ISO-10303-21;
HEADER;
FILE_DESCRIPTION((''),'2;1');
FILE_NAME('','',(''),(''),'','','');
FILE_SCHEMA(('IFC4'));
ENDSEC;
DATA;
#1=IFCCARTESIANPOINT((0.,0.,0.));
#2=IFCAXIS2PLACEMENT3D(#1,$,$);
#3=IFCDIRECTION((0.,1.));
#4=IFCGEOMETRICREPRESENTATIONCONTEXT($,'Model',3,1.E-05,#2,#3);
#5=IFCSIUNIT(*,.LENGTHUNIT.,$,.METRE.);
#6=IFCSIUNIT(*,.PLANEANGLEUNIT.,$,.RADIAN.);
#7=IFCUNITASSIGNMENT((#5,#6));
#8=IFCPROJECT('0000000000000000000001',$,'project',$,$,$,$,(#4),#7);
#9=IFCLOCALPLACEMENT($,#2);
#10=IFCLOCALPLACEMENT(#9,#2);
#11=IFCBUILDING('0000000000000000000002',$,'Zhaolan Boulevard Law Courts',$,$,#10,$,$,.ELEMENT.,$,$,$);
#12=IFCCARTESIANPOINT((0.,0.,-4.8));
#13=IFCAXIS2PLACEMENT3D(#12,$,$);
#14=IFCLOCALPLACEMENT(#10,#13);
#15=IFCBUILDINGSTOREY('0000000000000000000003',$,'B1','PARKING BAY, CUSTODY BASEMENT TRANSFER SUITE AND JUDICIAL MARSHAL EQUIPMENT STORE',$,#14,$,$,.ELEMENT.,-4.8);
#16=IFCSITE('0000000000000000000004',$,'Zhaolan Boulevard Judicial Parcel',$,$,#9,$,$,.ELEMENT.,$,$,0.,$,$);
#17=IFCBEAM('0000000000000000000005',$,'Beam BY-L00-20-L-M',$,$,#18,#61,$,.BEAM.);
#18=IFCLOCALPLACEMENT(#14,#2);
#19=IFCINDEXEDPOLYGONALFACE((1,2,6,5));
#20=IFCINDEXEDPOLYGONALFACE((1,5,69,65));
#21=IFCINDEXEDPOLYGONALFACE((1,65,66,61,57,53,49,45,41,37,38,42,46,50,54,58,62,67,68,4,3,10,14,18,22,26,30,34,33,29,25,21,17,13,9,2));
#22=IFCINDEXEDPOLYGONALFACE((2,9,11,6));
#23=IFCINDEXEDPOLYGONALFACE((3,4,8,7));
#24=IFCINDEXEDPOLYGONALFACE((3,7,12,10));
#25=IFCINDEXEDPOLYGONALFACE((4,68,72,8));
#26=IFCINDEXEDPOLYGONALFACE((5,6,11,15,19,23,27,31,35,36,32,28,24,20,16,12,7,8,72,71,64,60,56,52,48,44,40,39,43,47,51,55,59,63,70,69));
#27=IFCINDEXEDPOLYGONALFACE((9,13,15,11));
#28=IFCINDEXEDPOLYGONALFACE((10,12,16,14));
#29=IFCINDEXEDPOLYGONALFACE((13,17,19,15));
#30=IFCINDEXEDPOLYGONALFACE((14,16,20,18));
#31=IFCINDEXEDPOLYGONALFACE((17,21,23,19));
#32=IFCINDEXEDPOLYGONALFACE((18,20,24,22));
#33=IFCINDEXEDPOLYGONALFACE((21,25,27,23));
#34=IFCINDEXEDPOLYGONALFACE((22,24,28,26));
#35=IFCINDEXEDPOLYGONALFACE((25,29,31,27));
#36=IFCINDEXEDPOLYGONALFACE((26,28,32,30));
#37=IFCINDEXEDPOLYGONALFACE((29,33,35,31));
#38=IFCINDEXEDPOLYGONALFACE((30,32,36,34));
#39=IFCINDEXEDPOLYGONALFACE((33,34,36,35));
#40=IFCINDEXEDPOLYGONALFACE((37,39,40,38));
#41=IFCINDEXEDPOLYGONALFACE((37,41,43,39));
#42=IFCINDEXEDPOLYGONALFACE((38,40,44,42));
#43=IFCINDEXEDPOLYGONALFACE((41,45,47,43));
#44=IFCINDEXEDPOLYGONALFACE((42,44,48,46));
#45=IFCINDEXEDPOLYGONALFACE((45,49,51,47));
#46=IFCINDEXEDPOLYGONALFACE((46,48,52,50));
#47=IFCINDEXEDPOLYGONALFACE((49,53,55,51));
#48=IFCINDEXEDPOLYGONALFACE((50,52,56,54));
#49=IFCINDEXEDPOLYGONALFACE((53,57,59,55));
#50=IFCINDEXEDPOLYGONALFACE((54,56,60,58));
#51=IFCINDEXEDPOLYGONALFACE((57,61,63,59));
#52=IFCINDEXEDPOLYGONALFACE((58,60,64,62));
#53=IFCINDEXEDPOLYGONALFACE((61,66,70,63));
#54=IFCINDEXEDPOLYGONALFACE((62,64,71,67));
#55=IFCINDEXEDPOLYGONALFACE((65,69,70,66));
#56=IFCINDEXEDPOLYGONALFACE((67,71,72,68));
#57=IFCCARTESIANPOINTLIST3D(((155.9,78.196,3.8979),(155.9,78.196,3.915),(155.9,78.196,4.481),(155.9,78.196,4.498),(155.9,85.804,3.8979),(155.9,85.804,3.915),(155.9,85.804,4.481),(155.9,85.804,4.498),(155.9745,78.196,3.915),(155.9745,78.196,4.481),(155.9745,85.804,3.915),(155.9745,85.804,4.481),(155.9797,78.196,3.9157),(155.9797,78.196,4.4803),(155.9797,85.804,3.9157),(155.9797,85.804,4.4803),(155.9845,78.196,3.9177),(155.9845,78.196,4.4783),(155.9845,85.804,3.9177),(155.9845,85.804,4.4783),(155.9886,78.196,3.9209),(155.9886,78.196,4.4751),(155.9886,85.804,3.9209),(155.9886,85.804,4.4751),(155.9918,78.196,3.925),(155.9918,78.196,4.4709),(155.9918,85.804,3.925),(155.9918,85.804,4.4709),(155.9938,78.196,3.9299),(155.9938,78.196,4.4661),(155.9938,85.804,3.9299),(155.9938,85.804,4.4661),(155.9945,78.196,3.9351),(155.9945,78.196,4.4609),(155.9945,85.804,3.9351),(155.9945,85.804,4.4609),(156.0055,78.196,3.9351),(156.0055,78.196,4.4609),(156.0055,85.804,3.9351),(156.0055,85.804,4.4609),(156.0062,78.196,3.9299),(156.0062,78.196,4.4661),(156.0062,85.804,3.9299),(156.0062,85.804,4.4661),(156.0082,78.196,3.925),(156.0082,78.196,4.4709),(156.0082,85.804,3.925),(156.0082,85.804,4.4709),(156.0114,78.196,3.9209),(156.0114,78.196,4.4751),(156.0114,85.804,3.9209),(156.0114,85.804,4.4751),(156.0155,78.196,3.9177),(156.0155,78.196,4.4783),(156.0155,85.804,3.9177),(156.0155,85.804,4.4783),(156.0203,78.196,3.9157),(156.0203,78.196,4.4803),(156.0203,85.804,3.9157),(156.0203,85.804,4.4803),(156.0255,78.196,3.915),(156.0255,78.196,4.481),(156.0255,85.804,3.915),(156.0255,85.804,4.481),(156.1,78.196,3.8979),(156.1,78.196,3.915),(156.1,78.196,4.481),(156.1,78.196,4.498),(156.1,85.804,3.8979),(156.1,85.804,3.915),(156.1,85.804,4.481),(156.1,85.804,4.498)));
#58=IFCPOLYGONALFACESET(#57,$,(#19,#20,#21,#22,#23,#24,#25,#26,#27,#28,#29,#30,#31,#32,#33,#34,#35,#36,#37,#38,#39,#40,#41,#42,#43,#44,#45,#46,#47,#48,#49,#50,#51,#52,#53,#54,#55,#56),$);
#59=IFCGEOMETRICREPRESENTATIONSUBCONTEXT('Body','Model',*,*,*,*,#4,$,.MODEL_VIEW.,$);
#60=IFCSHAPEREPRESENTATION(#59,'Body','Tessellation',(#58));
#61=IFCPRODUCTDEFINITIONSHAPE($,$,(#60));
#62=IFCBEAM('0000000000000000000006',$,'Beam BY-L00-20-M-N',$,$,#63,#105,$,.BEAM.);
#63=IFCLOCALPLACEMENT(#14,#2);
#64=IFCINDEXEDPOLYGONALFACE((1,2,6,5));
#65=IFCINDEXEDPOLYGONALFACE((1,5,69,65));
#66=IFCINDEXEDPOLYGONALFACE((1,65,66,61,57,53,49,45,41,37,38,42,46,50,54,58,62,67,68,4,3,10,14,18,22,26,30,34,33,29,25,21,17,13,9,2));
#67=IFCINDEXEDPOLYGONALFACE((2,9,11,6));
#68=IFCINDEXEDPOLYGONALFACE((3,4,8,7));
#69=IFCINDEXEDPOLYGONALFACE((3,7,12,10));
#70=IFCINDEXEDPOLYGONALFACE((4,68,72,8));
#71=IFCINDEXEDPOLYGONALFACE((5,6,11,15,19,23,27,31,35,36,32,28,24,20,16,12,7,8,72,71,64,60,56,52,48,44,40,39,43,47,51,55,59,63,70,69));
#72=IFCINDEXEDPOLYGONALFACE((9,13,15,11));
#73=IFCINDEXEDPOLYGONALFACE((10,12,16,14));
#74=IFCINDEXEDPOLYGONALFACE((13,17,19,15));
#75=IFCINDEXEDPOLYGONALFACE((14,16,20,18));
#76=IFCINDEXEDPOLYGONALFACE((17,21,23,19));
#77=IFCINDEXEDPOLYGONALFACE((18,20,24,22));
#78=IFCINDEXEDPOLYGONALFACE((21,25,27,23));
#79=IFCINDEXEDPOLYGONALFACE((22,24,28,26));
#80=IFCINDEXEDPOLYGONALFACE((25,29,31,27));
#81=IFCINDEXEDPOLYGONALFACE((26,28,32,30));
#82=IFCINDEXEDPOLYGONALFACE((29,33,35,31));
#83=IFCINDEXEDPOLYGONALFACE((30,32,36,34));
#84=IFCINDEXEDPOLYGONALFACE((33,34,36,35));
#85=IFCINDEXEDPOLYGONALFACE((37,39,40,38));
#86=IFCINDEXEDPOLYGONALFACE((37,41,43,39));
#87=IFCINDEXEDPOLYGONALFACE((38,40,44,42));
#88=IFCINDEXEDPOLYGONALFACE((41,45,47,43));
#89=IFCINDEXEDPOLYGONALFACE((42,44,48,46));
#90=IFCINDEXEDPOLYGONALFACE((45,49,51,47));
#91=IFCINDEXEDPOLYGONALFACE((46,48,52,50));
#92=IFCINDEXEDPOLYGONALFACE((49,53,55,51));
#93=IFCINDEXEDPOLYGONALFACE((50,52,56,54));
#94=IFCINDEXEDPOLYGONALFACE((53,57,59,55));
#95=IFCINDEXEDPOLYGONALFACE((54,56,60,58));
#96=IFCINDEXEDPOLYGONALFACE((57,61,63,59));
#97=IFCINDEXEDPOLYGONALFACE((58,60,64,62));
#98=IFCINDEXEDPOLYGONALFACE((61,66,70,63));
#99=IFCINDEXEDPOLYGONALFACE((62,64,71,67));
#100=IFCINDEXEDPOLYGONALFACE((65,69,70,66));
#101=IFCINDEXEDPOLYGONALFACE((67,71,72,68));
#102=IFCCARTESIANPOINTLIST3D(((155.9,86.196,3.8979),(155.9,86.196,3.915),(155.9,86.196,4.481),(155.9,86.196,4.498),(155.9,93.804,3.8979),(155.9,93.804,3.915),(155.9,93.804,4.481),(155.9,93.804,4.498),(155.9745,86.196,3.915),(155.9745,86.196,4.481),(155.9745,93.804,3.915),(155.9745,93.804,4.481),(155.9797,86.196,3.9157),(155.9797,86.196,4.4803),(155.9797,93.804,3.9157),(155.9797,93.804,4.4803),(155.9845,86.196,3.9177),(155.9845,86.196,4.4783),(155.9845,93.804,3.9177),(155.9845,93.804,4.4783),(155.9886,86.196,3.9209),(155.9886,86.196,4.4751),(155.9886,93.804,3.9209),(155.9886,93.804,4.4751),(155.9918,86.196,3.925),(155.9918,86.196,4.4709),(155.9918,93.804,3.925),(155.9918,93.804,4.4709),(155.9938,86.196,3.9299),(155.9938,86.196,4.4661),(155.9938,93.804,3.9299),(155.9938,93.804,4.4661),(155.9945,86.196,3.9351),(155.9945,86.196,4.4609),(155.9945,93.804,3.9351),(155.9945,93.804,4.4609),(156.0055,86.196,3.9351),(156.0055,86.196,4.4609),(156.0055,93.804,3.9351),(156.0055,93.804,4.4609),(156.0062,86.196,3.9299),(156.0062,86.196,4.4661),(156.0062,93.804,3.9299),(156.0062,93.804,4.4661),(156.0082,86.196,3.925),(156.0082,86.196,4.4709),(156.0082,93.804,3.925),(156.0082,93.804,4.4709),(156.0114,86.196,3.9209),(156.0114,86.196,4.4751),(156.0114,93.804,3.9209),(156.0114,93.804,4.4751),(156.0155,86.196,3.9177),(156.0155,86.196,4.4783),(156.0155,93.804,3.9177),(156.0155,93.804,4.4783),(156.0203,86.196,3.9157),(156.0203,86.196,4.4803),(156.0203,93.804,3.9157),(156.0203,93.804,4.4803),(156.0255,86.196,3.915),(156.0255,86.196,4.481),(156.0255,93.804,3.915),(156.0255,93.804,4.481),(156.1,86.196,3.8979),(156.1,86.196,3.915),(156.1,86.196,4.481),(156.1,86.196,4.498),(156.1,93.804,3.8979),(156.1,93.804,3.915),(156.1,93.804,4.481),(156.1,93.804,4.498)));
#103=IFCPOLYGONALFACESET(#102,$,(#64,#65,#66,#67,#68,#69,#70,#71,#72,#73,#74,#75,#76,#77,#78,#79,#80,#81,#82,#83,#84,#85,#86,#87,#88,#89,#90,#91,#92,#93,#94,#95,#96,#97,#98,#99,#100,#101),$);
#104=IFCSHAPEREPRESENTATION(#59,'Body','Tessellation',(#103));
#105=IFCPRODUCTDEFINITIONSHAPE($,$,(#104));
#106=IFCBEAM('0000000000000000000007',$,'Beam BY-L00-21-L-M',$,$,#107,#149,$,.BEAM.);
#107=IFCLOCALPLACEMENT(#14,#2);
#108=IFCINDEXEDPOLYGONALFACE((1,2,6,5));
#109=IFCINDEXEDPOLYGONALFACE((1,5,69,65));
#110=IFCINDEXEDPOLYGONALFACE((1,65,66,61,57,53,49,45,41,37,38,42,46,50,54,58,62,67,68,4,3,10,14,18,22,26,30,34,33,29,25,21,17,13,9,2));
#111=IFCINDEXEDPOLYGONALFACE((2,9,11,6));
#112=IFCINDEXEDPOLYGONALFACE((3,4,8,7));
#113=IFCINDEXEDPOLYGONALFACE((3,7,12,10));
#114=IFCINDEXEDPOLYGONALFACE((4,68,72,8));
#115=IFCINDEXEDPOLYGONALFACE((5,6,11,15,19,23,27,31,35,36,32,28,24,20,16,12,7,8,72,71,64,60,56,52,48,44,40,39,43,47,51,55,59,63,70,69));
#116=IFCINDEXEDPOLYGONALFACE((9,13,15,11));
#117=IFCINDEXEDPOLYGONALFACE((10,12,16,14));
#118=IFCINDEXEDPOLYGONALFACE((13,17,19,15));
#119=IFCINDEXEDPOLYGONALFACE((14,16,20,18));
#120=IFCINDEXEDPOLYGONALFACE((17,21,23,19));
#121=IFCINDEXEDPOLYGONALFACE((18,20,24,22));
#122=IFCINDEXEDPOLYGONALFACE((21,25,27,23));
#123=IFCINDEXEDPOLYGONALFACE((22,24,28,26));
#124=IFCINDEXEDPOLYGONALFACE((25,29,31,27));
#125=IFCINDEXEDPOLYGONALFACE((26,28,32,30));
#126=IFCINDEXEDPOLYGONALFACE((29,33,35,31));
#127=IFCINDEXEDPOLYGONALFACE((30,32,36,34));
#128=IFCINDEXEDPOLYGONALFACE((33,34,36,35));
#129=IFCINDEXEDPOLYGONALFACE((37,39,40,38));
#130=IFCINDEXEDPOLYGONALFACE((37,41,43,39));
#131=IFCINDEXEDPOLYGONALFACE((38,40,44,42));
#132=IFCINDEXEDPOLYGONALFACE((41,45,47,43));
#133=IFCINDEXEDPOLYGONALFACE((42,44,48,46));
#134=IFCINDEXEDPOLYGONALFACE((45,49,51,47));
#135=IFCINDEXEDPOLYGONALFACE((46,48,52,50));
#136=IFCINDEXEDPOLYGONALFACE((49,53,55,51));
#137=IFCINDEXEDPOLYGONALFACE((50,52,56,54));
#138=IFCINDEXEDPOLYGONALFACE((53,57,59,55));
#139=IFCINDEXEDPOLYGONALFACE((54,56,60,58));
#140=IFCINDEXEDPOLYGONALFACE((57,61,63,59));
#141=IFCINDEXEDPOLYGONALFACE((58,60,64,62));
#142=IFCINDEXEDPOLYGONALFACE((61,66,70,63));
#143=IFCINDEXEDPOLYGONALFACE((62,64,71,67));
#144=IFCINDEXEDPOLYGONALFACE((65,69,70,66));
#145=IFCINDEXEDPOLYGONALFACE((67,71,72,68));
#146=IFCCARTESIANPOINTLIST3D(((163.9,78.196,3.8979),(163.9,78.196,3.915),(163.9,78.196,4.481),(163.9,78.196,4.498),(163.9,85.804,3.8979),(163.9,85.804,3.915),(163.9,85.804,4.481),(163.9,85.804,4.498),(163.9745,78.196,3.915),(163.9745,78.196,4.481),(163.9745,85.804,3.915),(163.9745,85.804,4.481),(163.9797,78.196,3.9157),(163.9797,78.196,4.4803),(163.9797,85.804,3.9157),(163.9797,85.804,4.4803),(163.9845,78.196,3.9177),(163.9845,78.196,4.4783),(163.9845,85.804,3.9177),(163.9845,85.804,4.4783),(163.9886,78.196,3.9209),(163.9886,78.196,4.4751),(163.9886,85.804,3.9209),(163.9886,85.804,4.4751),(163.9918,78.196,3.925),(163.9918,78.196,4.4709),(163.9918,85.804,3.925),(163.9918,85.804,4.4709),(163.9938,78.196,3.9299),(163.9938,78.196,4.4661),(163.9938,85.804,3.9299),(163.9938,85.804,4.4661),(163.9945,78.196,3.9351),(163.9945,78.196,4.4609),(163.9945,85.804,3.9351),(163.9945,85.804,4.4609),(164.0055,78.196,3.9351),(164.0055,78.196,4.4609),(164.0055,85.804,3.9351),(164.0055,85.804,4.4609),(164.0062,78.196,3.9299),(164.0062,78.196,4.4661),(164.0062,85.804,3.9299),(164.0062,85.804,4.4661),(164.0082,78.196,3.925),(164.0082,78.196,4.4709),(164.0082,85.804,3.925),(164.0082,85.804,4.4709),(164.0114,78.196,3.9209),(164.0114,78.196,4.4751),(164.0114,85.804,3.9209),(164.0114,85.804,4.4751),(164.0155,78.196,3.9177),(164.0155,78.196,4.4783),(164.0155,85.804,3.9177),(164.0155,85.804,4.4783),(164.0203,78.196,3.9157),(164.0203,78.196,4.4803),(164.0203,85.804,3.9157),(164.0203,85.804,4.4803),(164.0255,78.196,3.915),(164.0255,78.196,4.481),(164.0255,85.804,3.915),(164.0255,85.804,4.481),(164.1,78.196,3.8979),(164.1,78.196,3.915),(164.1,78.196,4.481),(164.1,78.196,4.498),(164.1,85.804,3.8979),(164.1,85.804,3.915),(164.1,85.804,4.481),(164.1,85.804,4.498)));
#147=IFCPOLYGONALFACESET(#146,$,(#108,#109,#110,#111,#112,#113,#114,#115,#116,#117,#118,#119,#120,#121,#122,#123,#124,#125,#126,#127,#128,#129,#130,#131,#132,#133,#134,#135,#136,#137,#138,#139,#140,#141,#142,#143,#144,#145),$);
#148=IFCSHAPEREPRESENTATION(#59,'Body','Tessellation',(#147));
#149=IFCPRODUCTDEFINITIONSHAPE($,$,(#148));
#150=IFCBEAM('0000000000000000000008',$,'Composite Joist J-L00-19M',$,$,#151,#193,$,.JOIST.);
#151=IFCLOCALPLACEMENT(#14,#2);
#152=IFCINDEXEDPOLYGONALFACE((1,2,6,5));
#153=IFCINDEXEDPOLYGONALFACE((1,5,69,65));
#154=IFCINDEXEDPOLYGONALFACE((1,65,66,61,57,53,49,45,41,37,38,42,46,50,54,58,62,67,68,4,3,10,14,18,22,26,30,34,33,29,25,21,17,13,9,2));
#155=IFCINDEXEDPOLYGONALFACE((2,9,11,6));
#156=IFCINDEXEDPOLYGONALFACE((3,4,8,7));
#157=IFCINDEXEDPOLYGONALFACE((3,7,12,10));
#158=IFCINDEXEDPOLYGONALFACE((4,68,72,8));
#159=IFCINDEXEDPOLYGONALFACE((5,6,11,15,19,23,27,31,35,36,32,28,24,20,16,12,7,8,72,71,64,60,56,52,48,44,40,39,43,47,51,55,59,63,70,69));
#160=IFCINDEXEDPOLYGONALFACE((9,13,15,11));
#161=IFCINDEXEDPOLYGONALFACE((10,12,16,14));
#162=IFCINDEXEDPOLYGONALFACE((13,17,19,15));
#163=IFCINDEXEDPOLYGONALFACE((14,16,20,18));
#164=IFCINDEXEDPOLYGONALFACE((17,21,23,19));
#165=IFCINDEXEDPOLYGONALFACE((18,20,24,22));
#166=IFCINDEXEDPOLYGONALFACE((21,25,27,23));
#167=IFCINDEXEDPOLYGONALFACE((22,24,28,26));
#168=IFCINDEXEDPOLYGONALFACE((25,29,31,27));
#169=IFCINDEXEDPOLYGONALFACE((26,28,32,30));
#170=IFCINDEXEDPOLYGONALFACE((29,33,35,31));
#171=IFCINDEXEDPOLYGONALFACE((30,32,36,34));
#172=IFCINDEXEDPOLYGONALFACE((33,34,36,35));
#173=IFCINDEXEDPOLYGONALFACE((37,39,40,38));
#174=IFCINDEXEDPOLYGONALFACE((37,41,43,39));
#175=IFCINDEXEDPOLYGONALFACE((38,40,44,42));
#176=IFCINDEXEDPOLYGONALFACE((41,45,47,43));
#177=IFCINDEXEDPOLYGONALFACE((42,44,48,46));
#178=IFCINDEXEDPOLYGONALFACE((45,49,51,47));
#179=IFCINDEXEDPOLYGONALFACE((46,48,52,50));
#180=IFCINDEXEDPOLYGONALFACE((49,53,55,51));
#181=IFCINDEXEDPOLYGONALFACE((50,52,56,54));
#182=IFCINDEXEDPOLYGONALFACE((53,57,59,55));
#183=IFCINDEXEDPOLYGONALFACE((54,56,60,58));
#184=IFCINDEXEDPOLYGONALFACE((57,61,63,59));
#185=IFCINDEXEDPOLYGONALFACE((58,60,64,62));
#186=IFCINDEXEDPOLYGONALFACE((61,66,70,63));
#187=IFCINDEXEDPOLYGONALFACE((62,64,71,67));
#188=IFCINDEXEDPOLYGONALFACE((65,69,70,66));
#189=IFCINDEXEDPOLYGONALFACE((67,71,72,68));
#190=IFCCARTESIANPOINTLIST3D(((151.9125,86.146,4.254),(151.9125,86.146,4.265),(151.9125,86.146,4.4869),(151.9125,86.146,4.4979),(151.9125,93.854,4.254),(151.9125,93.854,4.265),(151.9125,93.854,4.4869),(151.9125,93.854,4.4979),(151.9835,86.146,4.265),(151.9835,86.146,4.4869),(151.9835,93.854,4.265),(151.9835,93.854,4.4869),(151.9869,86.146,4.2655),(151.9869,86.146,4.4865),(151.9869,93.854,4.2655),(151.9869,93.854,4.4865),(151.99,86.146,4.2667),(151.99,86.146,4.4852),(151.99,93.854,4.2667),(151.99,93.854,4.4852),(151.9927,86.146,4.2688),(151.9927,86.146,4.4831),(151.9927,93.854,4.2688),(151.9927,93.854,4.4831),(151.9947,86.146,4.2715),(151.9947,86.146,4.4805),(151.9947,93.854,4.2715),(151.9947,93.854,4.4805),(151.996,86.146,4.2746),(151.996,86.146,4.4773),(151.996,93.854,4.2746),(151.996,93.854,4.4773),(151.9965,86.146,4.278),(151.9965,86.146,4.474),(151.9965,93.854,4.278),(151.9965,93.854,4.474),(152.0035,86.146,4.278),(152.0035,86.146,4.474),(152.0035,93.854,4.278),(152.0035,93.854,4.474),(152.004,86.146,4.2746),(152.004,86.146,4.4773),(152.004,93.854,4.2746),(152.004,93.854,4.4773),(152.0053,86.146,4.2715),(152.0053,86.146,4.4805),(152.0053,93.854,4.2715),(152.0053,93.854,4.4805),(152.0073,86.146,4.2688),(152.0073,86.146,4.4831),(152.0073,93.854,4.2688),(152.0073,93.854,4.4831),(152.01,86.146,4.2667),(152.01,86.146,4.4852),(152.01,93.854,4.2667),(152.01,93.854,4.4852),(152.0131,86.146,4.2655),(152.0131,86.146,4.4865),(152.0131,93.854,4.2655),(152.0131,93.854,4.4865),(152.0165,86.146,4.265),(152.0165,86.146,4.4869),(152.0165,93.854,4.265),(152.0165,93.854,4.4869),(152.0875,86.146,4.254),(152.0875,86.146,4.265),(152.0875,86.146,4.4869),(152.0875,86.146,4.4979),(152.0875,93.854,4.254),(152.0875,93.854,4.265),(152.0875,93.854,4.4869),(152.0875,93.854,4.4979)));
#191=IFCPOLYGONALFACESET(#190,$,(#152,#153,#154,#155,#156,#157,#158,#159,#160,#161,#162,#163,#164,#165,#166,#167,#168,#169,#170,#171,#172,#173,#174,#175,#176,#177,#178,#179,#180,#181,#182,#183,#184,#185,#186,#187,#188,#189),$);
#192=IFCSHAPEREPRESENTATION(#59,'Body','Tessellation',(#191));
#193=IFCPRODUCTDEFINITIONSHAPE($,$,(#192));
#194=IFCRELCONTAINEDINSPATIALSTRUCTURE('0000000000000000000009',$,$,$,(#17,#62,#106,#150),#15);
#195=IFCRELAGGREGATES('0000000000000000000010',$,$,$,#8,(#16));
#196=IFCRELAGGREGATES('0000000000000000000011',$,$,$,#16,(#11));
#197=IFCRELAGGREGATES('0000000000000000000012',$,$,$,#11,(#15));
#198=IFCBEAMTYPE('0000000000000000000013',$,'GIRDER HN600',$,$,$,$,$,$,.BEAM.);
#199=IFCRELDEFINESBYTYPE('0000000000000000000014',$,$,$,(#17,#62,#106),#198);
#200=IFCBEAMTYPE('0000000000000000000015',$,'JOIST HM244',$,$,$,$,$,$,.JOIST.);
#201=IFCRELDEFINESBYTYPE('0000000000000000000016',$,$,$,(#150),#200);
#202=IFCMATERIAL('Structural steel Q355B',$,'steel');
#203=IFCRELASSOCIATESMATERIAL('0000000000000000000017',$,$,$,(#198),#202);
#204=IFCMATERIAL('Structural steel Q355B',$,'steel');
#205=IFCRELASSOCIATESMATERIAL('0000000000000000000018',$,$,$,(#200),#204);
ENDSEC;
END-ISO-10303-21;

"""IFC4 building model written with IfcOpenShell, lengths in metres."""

from ifc_helpers import new_model, si_unit, direction, frame, origin, origin_2d, place, context, subcontext, project, spatial, i_section, extrude, material, material_profile, profile_set, type_object, element, save


model = new_model("IFC4")

# Units and contexts
model_context = context("Model", 3, precision=1e-05, world=origin(), true_north=direction((0.0, 1.0)))
body_context = subcontext(model_context, "Body", "Model", "MODEL_VIEW")
ifc_project = project(units=[si_unit("LENGTHUNIT", "METRE"), si_unit("PLANEANGLEUNIT", "RADIAN")], contexts=[model_context])

# Site, building, storey
site_placement = place(None, origin())
site = spatial("IfcSite", under=ifc_project, at=site_placement, Name="Zhaolan Boulevard Judicial Parcel", CompositionType="ELEMENT", RefElevation=0.0)
building_placement = place(site_placement, origin())
building = spatial("IfcBuilding", under=site, at=building_placement, Name="Zhaolan Boulevard Law Courts", CompositionType="ELEMENT")
storey_placement = place(building_placement, frame((0.0, 0.0, -4.8)))
storey = spatial("IfcBuildingStorey", under=building, at=storey_placement, Name="B1", Description="PARKING BAY, CUSTODY BASEMENT TRANSFER SUITE AND JUDICIAL MARSHAL EQUIPMENT STORE", CompositionType="ELEMENT", Elevation=-4.8)

# Beams
ifc_material_1 = material(Name="Structural steel Q355B", Category="steel")
ifc_material_profile_1 = material_profile(ifc_material_1, i_section(OverallWidth=0.2, OverallDepth=0.6001, WebThickness=0.011, FlangeThickness=0.0171, FilletRadius=0.02, at=origin_2d()), Name="HN600x200")
ifc_profile_set_1 = profile_set([ifc_material_profile_1], Name="Structural steel Q355B")
beam_type_1 = type_object("IfcBeamType", Name="GIRDER HN600", PredefinedType="BEAM", material=ifc_profile_set_1)
for number, where, z_axis, x_axis, name in (
    (1, (156.0, 78.196, 4.198), (0.0, 1.0, 0.0), (-1.0, 0.0, 0.0), "Beam BY-L00-20-L-M"),
    (2, (156.0, 86.196, 4.198), (0.0, 1.0, 0.0), (-1.0, 0.0, 0.0), "Beam BY-L00-20-M-N"),
    (3, (164.0, 78.196, 4.198), (0.0, 1.0, 0.0), (-1.0, 0.0, 0.0), "Beam BY-L00-21-L-M"),
):
    element("IfcBeam", number, at=place(storey_placement, frame(where, z_axis=z_axis, x_axis=x_axis)), inside=storey, type_object=beam_type_1, Name=name, PredefinedType="BEAM", context=body_context, shape_type="SweptSolid", body=[
        extrude(i_section(OverallWidth=0.2, OverallDepth=0.6001, WebThickness=0.011, FlangeThickness=0.0171, FilletRadius=0.02, at=origin_2d()), origin(), (0.0, 0.0, 1.0), 7.6079),
    ])
ifc_material_2 = material(Name="Structural steel Q355B", Category="steel")
ifc_material_profile_2 = material_profile(ifc_material_2, i_section(OverallWidth=0.175, OverallDepth=0.2439, WebThickness=0.0071, FlangeThickness=0.011, FilletRadius=0.0129, at=origin_2d()), Name="HM244x175")
ifc_profile_set_2 = profile_set([ifc_material_profile_2], Name="Structural steel Q355B")
beam_type_2 = type_object("IfcBeamType", Name="JOIST HM244", PredefinedType="JOIST", material=ifc_profile_set_2)
for number, where, z_axis, x_axis, name in (
    (4, (152.0, 86.146, 4.376), (0.0, 1.0, 0.0), (-1.0, 0.0, 0.0), "Composite Joist J-L00-19M"),
):
    element("IfcBeam", number, at=place(storey_placement, frame(where, z_axis=z_axis, x_axis=x_axis)), inside=storey, type_object=beam_type_2, Name=name, PredefinedType="JOIST", context=body_context, shape_type="SweptSolid", body=[
        extrude(i_section(OverallWidth=0.175, OverallDepth=0.2439, WebThickness=0.0071, FlangeThickness=0.011, FilletRadius=0.0129, at=origin_2d()), origin(), (0.0, 0.0, 1.0), 7.708),
    ])

save(model, "model.ifc")
